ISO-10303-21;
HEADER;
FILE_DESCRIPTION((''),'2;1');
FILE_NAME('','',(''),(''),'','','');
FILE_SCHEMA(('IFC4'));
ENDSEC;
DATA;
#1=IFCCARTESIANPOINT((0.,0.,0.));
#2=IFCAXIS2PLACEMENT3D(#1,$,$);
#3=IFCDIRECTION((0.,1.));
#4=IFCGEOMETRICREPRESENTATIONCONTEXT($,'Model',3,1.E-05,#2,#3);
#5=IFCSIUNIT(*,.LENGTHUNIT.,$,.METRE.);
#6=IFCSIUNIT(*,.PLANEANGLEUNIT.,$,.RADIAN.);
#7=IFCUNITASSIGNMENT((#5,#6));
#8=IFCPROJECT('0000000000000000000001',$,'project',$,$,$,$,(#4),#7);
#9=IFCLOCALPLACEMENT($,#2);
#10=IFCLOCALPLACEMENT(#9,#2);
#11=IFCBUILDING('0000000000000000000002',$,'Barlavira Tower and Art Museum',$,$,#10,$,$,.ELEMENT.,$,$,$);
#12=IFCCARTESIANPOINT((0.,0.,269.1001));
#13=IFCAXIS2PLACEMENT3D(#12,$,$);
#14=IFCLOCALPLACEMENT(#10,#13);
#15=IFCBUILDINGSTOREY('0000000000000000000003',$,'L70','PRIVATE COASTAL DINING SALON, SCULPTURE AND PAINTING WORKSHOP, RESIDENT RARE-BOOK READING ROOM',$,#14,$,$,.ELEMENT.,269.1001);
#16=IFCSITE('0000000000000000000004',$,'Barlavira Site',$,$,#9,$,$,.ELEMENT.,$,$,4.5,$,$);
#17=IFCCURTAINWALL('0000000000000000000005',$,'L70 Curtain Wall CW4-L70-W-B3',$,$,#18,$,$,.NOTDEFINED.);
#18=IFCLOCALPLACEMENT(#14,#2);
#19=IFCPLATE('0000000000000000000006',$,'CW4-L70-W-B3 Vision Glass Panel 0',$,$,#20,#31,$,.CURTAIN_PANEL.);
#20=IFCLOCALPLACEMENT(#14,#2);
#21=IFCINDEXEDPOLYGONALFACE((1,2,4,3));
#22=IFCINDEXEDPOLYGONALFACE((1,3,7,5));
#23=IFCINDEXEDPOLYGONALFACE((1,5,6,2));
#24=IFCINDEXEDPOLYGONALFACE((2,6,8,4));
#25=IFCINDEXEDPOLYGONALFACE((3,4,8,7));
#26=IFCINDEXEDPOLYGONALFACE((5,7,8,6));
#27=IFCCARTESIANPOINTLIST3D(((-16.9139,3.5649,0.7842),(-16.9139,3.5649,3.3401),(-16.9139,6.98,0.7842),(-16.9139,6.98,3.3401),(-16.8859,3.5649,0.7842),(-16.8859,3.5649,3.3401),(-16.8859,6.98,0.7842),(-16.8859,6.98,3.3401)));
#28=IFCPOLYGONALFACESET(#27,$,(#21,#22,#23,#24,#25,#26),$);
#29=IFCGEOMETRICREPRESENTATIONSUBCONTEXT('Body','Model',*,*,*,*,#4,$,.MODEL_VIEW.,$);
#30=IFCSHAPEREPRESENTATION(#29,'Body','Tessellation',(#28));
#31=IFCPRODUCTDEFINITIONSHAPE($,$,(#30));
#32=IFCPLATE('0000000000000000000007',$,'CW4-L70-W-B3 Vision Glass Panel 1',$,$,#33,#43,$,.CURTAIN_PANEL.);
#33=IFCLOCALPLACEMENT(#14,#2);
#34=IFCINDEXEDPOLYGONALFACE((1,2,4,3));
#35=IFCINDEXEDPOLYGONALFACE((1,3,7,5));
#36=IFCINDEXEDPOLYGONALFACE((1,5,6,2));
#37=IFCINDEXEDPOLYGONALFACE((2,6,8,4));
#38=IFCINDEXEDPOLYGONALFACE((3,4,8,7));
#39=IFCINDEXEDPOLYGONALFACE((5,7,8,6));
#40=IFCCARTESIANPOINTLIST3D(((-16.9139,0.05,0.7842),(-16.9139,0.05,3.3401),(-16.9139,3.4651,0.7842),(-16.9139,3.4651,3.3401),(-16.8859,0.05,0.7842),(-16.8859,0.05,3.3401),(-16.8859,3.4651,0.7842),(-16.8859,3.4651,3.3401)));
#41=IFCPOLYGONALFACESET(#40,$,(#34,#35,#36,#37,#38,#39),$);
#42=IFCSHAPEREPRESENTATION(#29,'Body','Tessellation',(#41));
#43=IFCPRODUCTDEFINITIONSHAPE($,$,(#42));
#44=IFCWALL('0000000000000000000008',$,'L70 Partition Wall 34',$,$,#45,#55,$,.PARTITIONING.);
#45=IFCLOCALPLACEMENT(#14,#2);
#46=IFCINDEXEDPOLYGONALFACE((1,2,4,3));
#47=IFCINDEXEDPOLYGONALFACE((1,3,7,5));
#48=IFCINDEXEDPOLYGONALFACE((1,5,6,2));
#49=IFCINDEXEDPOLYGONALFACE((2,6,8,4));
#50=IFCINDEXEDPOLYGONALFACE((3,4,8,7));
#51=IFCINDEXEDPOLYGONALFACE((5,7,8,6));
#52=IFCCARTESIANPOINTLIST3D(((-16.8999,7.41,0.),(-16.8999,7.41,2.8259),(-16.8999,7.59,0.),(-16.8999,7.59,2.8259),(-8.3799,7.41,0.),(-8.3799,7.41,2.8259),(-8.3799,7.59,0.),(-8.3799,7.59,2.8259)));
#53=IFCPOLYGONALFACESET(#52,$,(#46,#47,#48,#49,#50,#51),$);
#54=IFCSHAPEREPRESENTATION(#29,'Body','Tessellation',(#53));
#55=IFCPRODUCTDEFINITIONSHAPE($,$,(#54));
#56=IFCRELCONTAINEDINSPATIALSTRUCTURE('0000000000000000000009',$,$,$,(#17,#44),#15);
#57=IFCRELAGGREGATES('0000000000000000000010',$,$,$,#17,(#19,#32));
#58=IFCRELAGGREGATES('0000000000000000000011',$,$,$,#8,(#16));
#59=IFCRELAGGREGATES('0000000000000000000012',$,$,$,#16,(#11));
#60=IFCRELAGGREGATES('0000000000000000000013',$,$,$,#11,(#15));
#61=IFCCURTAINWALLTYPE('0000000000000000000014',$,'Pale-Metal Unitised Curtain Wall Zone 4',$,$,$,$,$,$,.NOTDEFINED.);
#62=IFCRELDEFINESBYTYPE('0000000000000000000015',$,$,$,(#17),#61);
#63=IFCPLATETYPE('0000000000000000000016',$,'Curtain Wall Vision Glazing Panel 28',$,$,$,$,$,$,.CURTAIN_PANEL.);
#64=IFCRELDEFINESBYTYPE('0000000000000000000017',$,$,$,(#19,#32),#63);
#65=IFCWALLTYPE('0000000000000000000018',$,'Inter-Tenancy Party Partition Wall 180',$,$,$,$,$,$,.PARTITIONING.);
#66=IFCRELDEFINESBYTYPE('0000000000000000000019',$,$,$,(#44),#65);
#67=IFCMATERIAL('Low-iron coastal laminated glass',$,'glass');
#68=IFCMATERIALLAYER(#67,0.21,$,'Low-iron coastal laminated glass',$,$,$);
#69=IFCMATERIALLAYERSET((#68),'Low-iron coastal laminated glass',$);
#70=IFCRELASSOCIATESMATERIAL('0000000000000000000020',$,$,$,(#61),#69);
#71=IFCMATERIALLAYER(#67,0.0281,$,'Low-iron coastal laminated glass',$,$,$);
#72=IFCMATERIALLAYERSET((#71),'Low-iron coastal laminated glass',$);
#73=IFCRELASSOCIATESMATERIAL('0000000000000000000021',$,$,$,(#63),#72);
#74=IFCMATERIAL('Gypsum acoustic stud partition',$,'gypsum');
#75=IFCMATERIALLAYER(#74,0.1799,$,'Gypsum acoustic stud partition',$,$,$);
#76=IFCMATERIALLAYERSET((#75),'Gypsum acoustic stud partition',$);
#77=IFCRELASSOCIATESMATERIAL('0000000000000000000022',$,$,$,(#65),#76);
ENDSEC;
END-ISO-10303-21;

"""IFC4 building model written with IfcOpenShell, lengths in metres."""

from ifc_helpers import new_model, si_unit, direction, frame, frame_2d, origin, origin_2d, place, context, subcontext, project, spatial, rectangle, extrude, material, layer, layer_set, type_object, element, aggregate, save


model = new_model("IFC4")

# Units and contexts
model_context = context("Model", 3, precision=1e-05, world=origin(), true_north=direction((0.0, 1.0)))
body_context = subcontext(model_context, "Body", "Model", "MODEL_VIEW")
ifc_project = project(units=[si_unit("LENGTHUNIT", "METRE"), si_unit("PLANEANGLEUNIT", "RADIAN")], contexts=[model_context])

# Site, building, storey
site_placement = place(None, origin())
site = spatial("IfcSite", under=ifc_project, at=site_placement, Name="Barlavira Site", CompositionType="ELEMENT", RefElevation=4.5)
building_placement = place(site_placement, origin())
building = spatial("IfcBuilding", under=site, at=building_placement, Name="Barlavira Tower and Art Museum", CompositionType="ELEMENT")
storey_placement = place(building_placement, frame((0.0, 0.0, 269.1001)))
storey = spatial("IfcBuildingStorey", under=building, at=storey_placement, Name="L70", Description="PRIVATE COASTAL DINING SALON, SCULPTURE AND PAINTING WORKSHOP, RESIDENT RARE-BOOK READING ROOM", CompositionType="ELEMENT", Elevation=269.1001)

# Curtain wall
ifc_material_1 = material(Name="Low-iron coastal laminated glass", Category="glass")
ifc_layer_1 = layer(ifc_material_1, 0.21, Name="Low-iron coastal laminated glass")
ifc_layer_set_1 = layer_set([ifc_layer_1], Name="Low-iron coastal laminated glass")
curtain_wall_type = type_object("IfcCurtainWallType", Name="Pale-Metal Unitised Curtain Wall Zone 4", PredefinedType="NOTDEFINED", material=ifc_layer_set_1)
curtain_wall_placement = place(storey_placement, origin())
curtain_wall = element("IfcCurtainWall", 1, at=curtain_wall_placement, inside=storey, type_object=curtain_wall_type, Name="L70 Curtain Wall CW4-L70-W-B3", PredefinedType="NOTDEFINED")

# Plates
ifc_layer_2 = layer(ifc_material_1, 0.0281, Name="Low-iron coastal laminated glass")
ifc_layer_set_2 = layer_set([ifc_layer_2], Name="Low-iron coastal laminated glass")
plate_type_1 = type_object("IfcPlateType", Name="Curtain Wall Vision Glazing Panel 28", PredefinedType="CURTAIN_PANEL", material=ifc_layer_set_2)
plate_1_placement = place(storey_placement, frame((-16.8999, 5.2725, 0.7842), z_axis=(0.0, 0.0, 1.0), x_axis=(0.0, -1.0, 0.0)))
plate_1 = element("IfcPlate", 2, at=plate_1_placement, type_object=plate_type_1, Name="CW4-L70-W-B3 Vision Glass Panel 0", PredefinedType="CURTAIN_PANEL", context=body_context, shape_type="SweptSolid", body=[
    extrude(rectangle(XDim=3.415, YDim=0.0281, at=origin_2d()), origin(), (0.0, 0.0, 1.0), 2.5559),
])
plate_2_placement = place(storey_placement, frame((-16.8999, 1.7576, 0.7842), z_axis=(0.0, 0.0, 1.0), x_axis=(0.0, -1.0, 0.0)))
plate_2 = element("IfcPlate", 3, at=plate_2_placement, type_object=plate_type_1, Name="CW4-L70-W-B3 Vision Glass Panel 1", PredefinedType="CURTAIN_PANEL", context=body_context, shape_type="SweptSolid", body=[
    extrude(rectangle(XDim=3.415, YDim=0.0281, at=origin_2d()), origin(), (0.0, 0.0, 1.0), 2.5559),
])
aggregate(curtain_wall, [plate_1, plate_2])

# Wall
ifc_material_2 = material(Name="Gypsum acoustic stud partition", Category="gypsum")
ifc_layer_3 = layer(ifc_material_2, 0.1799, Name="Gypsum acoustic stud partition")
ifc_layer_set_3 = layer_set([ifc_layer_3], Name="Gypsum acoustic stud partition")
wall_type = type_object("IfcWallType", Name="Inter-Tenancy Party Partition Wall 180", PredefinedType="PARTITIONING", material=ifc_layer_set_3)
wall_placement = place(storey_placement, frame((-16.8999, 7.5, 0.0), z_axis=(0.0, 0.0, 1.0), x_axis=(1.0, 0.0, 0.0)))
element("IfcWall", 4, at=wall_placement, inside=storey, type_object=wall_type, Name="L70 Partition Wall 34", PredefinedType="PARTITIONING", context=body_context, shape_type="SweptSolid", body=[
    extrude(rectangle(XDim=8.52, YDim=0.1799, at=frame_2d((4.26, 0.0))), origin(), (0.0, 0.0, 1.0), 2.8259),
])

save(model, "model.ifc")
